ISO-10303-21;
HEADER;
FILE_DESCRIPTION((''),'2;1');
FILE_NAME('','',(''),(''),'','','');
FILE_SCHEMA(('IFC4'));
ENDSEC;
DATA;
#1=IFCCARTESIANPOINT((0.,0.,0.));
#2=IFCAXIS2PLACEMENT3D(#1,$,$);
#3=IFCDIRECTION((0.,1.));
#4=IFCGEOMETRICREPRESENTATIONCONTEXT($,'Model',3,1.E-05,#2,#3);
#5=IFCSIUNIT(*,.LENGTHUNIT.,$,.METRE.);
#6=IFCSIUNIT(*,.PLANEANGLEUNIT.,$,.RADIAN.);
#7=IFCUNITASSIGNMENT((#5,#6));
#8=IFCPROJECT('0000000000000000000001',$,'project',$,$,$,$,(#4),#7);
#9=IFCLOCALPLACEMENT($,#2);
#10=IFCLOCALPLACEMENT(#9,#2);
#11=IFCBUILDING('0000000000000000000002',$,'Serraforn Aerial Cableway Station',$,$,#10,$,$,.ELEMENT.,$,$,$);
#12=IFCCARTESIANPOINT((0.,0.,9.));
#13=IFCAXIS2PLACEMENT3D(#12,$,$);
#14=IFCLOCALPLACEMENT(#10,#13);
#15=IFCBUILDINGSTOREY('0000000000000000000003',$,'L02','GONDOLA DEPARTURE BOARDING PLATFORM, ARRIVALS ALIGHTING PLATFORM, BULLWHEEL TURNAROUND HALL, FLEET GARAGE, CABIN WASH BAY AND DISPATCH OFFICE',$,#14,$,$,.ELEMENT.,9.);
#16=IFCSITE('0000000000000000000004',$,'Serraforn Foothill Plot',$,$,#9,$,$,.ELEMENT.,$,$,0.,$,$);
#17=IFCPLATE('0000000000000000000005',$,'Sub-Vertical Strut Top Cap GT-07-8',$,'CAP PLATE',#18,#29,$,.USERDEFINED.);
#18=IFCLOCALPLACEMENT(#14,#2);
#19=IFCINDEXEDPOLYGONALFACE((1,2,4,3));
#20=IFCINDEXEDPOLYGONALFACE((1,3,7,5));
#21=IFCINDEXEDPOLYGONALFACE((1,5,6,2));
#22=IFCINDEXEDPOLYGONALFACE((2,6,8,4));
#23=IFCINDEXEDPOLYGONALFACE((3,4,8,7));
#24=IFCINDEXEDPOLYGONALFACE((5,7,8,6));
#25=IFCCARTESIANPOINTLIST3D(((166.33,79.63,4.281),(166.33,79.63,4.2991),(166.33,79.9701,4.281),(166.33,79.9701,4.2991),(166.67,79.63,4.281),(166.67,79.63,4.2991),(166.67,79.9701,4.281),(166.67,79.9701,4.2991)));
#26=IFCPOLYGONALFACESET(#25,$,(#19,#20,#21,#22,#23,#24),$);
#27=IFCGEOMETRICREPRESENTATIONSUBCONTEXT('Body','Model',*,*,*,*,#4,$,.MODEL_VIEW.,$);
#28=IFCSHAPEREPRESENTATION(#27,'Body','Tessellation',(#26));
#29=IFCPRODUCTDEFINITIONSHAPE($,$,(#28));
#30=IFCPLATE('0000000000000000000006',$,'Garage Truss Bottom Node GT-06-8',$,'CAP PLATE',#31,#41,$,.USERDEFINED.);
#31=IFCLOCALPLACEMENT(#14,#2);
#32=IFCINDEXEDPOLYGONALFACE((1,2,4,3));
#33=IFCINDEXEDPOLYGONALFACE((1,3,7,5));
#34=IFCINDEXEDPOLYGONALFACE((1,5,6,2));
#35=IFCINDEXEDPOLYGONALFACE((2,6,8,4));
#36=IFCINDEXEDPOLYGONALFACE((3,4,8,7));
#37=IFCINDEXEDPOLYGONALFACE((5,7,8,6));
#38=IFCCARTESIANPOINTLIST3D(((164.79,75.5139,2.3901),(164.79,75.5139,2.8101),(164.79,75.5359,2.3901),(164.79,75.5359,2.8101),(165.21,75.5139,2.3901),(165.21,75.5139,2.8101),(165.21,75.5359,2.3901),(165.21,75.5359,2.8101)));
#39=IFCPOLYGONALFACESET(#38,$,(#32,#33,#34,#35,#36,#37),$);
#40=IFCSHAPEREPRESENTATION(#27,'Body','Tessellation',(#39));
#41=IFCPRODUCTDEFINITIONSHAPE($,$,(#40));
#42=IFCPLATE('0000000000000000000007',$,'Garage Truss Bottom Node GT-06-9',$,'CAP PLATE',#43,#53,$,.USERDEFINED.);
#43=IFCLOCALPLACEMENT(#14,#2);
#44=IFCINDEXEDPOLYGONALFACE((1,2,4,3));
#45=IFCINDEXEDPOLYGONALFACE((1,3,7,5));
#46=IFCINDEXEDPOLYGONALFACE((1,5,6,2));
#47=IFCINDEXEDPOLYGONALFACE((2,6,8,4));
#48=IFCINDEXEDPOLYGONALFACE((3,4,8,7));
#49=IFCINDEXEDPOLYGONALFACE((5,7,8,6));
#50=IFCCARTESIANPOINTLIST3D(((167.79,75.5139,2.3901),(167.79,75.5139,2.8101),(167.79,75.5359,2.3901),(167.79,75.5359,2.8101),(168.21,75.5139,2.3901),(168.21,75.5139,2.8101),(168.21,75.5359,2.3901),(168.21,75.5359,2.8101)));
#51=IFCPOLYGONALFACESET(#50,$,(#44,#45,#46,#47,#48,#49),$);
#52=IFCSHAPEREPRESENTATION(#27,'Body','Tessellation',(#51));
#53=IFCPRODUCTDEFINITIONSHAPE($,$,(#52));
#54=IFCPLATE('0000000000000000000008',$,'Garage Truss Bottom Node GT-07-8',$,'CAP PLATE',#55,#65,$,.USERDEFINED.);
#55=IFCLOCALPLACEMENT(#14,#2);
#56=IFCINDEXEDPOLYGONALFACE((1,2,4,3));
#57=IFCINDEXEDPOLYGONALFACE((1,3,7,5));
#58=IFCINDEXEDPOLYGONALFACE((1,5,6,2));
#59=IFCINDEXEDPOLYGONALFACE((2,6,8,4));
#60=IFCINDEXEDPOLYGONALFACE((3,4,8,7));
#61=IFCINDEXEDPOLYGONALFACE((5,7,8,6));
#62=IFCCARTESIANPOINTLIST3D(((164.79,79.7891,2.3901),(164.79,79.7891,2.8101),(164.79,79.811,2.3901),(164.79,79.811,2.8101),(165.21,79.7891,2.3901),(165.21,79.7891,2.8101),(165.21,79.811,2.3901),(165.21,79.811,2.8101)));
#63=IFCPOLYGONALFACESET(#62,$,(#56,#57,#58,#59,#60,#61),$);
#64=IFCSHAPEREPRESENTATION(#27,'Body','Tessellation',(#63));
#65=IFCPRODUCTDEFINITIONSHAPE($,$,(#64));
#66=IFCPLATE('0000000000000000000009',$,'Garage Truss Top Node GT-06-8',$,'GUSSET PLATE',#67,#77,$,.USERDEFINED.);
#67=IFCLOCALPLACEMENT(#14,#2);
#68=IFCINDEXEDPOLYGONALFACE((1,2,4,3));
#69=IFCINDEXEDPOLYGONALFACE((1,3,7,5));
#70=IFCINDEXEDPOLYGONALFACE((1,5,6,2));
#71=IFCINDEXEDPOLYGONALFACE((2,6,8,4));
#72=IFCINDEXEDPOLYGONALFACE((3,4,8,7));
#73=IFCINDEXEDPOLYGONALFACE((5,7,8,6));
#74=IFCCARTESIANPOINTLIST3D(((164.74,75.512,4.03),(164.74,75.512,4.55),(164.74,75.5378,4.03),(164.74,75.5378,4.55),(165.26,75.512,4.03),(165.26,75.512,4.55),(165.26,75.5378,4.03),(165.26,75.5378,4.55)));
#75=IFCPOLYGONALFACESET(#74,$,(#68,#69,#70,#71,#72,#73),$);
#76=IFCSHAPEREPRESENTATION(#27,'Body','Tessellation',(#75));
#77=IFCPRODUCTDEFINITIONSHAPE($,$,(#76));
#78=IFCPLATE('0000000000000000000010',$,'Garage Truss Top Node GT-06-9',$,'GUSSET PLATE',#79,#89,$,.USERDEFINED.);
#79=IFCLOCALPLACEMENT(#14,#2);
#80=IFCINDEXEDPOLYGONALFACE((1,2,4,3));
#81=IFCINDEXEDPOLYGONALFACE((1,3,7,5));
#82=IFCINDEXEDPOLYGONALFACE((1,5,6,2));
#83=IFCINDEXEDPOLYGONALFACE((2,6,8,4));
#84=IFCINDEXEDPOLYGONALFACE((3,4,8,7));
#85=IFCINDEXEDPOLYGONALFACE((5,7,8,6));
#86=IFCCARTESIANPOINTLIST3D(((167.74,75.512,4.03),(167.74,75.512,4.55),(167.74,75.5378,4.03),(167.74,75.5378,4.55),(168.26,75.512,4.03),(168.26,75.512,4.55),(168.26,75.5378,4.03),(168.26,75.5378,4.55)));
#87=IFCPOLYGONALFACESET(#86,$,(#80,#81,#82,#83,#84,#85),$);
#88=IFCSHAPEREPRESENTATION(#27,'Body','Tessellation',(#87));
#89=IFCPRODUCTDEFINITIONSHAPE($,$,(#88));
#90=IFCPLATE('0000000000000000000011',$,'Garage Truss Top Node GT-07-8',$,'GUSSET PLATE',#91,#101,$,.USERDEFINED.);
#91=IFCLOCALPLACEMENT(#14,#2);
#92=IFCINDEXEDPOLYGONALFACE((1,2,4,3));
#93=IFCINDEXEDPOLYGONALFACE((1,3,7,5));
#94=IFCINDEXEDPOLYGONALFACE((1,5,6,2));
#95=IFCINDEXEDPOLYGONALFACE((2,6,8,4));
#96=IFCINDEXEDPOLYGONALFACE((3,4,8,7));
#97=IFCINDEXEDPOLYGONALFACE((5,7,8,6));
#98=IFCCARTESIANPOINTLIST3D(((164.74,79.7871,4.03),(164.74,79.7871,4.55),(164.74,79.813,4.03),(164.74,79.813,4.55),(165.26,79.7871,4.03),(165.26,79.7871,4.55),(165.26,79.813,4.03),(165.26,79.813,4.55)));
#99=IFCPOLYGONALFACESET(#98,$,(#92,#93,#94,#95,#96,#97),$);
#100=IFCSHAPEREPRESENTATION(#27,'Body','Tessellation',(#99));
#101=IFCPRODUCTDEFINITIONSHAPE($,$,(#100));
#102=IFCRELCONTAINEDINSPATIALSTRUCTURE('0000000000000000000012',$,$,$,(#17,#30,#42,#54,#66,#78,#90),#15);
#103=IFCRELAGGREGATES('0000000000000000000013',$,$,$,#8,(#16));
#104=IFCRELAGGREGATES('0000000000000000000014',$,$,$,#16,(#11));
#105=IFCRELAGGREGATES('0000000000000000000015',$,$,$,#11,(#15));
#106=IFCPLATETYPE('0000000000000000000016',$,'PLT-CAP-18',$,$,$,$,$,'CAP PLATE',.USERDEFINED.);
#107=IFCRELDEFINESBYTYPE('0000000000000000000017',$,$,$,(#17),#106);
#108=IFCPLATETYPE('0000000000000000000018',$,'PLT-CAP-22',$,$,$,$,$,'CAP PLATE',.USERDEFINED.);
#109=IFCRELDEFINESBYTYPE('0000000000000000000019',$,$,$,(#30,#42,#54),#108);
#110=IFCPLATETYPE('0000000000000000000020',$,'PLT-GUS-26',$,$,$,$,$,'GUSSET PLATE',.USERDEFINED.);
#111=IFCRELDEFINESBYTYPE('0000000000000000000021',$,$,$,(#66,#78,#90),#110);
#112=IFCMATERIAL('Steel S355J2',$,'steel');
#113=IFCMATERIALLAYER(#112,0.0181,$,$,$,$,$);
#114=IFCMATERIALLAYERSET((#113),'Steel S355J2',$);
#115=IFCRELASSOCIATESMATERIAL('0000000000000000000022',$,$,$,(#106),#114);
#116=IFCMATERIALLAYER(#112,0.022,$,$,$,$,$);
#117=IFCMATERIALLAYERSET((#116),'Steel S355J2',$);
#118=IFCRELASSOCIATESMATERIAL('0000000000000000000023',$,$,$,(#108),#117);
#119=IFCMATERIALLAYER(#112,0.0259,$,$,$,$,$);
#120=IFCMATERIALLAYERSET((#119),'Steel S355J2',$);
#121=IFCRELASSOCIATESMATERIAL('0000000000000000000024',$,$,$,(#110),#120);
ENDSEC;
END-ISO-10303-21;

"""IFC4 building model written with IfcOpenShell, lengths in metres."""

from ifc_helpers import new_model, si_unit, direction, frame, origin, origin_2d, place, context, subcontext, project, spatial, rectangle, extrude, material, layer, layer_set, type_object, element, save


model = new_model("IFC4")

# Units and contexts
model_context = context("Model", 3, precision=1e-05, world=origin(), true_north=direction((0.0, 1.0)))
body_context = subcontext(model_context, "Body", "Model", "MODEL_VIEW")
ifc_project = project(units=[si_unit("LENGTHUNIT", "METRE"), si_unit("PLANEANGLEUNIT", "RADIAN")], contexts=[model_context])

# Site, building, storey
site_placement = place(None, origin())
site = spatial("IfcSite", under=ifc_project, at=site_placement, Name="Serraforn Foothill Plot", CompositionType="ELEMENT", RefElevation=0.0)
building_placement = place(site_placement, origin())
building = spatial("IfcBuilding", under=site, at=building_placement, Name="Serraforn Aerial Cableway Station", CompositionType="ELEMENT")
storey_placement = place(building_placement, frame((0.0, 0.0, 9.0)))
storey = spatial("IfcBuildingStorey", under=building, at=storey_placement, Name="L02", Description="GONDOLA DEPARTURE BOARDING PLATFORM, ARRIVALS ALIGHTING PLATFORM, BULLWHEEL TURNAROUND HALL, FLEET GARAGE, CABIN WASH BAY AND DISPATCH OFFICE", CompositionType="ELEMENT", Elevation=9.0)

# Shared definitions
ifc_material_1 = material(Name="Steel S355J2", Category="steel")

# Plates
ifc_layer_1 = layer(ifc_material_1, 0.0181)
ifc_layer_set_1 = layer_set([ifc_layer_1], Name="Steel S355J2")
plate_type_1 = type_object("IfcPlateType", Name="PLT-CAP-18", ElementType="CAP PLATE", PredefinedType="USERDEFINED", material=ifc_layer_set_1)
for number, where, z_axis, x_axis, name in (
    (1, (166.5, 79.8, 4.281), (0.0, 0.0, 1.0), (1.0, 0.0, 0.0), "Sub-Vertical Strut Top Cap GT-07-8"),
):
    element("IfcPlate", number, at=place(storey_placement, frame(where, z_axis=z_axis, x_axis=x_axis)), inside=storey, type_object=plate_type_1, Name=name, ObjectType="CAP PLATE", PredefinedType="USERDEFINED", context=body_context, shape_type="SweptSolid", body=[
        extrude(rectangle(XDim=0.3401, YDim=0.3401, at=origin_2d()), origin(), (0.0, 0.0, 1.0), 0.0181),
    ])
ifc_layer_2 = layer(ifc_material_1, 0.022)
ifc_layer_set_2 = layer_set([ifc_layer_2], Name="Steel S355J2")
plate_type_2 = type_object("IfcPlateType", Name="PLT-CAP-22", ElementType="CAP PLATE", PredefinedType="USERDEFINED", material=ifc_layer_set_2)
for number, where, z_axis, x_axis, name in (
    (2, (165.0, 75.5249, 2.3901), (0.0, 0.0, 1.0), (1.0, 0.0, 0.0), "Garage Truss Bottom Node GT-06-8"),
    (3, (168.0, 75.5249, 2.3901), (0.0, 0.0, 1.0), (1.0, 0.0, 0.0), "Garage Truss Bottom Node GT-06-9"),
    (4, (165.0, 79.8, 2.3901), (0.0, 0.0, 1.0), (1.0, 0.0, 0.0), "Garage Truss Bottom Node GT-07-8"),
):
    element("IfcPlate", number, at=place(storey_placement, frame(where, z_axis=z_axis, x_axis=x_axis)), inside=storey, type_object=plate_type_2, Name=name, ObjectType="CAP PLATE", PredefinedType="USERDEFINED", context=body_context, shape_type="SweptSolid", body=[
        extrude(rectangle(XDim=0.4199, YDim=0.022, at=origin_2d()), origin(), (0.0, 0.0, 1.0), 0.4199),
    ])
ifc_layer_3 = layer(ifc_material_1, 0.0259)
ifc_layer_set_3 = layer_set([ifc_layer_3], Name="Steel S355J2")
plate_type_3 = type_object("IfcPlateType", Name="PLT-GUS-26", ElementType="GUSSET PLATE", PredefinedType="USERDEFINED", material=ifc_layer_set_3)
for number, where, z_axis, x_axis, name in (
    (5, (165.0, 75.5249, 4.03), (0.0, 0.0, 1.0), (1.0, 0.0, 0.0), "Garage Truss Top Node GT-06-8"),
    (6, (168.0, 75.5249, 4.03), (0.0, 0.0, 1.0), (1.0, 0.0, 0.0), "Garage Truss Top Node GT-06-9"),
    (7, (165.0, 79.8, 4.03), (0.0, 0.0, 1.0), (1.0, 0.0, 0.0), "Garage Truss Top Node GT-07-8"),
):
    element("IfcPlate", number, at=place(storey_placement, frame(where, z_axis=z_axis, x_axis=x_axis)), inside=storey, type_object=plate_type_3, Name=name, ObjectType="GUSSET PLATE", PredefinedType="USERDEFINED", context=body_context, shape_type="SweptSolid", body=[
        extrude(rectangle(XDim=0.52, YDim=0.0259, at=origin_2d()), origin(), (0.0, 0.0, 1.0), 0.52),
    ])

save(model, "model.ifc")
